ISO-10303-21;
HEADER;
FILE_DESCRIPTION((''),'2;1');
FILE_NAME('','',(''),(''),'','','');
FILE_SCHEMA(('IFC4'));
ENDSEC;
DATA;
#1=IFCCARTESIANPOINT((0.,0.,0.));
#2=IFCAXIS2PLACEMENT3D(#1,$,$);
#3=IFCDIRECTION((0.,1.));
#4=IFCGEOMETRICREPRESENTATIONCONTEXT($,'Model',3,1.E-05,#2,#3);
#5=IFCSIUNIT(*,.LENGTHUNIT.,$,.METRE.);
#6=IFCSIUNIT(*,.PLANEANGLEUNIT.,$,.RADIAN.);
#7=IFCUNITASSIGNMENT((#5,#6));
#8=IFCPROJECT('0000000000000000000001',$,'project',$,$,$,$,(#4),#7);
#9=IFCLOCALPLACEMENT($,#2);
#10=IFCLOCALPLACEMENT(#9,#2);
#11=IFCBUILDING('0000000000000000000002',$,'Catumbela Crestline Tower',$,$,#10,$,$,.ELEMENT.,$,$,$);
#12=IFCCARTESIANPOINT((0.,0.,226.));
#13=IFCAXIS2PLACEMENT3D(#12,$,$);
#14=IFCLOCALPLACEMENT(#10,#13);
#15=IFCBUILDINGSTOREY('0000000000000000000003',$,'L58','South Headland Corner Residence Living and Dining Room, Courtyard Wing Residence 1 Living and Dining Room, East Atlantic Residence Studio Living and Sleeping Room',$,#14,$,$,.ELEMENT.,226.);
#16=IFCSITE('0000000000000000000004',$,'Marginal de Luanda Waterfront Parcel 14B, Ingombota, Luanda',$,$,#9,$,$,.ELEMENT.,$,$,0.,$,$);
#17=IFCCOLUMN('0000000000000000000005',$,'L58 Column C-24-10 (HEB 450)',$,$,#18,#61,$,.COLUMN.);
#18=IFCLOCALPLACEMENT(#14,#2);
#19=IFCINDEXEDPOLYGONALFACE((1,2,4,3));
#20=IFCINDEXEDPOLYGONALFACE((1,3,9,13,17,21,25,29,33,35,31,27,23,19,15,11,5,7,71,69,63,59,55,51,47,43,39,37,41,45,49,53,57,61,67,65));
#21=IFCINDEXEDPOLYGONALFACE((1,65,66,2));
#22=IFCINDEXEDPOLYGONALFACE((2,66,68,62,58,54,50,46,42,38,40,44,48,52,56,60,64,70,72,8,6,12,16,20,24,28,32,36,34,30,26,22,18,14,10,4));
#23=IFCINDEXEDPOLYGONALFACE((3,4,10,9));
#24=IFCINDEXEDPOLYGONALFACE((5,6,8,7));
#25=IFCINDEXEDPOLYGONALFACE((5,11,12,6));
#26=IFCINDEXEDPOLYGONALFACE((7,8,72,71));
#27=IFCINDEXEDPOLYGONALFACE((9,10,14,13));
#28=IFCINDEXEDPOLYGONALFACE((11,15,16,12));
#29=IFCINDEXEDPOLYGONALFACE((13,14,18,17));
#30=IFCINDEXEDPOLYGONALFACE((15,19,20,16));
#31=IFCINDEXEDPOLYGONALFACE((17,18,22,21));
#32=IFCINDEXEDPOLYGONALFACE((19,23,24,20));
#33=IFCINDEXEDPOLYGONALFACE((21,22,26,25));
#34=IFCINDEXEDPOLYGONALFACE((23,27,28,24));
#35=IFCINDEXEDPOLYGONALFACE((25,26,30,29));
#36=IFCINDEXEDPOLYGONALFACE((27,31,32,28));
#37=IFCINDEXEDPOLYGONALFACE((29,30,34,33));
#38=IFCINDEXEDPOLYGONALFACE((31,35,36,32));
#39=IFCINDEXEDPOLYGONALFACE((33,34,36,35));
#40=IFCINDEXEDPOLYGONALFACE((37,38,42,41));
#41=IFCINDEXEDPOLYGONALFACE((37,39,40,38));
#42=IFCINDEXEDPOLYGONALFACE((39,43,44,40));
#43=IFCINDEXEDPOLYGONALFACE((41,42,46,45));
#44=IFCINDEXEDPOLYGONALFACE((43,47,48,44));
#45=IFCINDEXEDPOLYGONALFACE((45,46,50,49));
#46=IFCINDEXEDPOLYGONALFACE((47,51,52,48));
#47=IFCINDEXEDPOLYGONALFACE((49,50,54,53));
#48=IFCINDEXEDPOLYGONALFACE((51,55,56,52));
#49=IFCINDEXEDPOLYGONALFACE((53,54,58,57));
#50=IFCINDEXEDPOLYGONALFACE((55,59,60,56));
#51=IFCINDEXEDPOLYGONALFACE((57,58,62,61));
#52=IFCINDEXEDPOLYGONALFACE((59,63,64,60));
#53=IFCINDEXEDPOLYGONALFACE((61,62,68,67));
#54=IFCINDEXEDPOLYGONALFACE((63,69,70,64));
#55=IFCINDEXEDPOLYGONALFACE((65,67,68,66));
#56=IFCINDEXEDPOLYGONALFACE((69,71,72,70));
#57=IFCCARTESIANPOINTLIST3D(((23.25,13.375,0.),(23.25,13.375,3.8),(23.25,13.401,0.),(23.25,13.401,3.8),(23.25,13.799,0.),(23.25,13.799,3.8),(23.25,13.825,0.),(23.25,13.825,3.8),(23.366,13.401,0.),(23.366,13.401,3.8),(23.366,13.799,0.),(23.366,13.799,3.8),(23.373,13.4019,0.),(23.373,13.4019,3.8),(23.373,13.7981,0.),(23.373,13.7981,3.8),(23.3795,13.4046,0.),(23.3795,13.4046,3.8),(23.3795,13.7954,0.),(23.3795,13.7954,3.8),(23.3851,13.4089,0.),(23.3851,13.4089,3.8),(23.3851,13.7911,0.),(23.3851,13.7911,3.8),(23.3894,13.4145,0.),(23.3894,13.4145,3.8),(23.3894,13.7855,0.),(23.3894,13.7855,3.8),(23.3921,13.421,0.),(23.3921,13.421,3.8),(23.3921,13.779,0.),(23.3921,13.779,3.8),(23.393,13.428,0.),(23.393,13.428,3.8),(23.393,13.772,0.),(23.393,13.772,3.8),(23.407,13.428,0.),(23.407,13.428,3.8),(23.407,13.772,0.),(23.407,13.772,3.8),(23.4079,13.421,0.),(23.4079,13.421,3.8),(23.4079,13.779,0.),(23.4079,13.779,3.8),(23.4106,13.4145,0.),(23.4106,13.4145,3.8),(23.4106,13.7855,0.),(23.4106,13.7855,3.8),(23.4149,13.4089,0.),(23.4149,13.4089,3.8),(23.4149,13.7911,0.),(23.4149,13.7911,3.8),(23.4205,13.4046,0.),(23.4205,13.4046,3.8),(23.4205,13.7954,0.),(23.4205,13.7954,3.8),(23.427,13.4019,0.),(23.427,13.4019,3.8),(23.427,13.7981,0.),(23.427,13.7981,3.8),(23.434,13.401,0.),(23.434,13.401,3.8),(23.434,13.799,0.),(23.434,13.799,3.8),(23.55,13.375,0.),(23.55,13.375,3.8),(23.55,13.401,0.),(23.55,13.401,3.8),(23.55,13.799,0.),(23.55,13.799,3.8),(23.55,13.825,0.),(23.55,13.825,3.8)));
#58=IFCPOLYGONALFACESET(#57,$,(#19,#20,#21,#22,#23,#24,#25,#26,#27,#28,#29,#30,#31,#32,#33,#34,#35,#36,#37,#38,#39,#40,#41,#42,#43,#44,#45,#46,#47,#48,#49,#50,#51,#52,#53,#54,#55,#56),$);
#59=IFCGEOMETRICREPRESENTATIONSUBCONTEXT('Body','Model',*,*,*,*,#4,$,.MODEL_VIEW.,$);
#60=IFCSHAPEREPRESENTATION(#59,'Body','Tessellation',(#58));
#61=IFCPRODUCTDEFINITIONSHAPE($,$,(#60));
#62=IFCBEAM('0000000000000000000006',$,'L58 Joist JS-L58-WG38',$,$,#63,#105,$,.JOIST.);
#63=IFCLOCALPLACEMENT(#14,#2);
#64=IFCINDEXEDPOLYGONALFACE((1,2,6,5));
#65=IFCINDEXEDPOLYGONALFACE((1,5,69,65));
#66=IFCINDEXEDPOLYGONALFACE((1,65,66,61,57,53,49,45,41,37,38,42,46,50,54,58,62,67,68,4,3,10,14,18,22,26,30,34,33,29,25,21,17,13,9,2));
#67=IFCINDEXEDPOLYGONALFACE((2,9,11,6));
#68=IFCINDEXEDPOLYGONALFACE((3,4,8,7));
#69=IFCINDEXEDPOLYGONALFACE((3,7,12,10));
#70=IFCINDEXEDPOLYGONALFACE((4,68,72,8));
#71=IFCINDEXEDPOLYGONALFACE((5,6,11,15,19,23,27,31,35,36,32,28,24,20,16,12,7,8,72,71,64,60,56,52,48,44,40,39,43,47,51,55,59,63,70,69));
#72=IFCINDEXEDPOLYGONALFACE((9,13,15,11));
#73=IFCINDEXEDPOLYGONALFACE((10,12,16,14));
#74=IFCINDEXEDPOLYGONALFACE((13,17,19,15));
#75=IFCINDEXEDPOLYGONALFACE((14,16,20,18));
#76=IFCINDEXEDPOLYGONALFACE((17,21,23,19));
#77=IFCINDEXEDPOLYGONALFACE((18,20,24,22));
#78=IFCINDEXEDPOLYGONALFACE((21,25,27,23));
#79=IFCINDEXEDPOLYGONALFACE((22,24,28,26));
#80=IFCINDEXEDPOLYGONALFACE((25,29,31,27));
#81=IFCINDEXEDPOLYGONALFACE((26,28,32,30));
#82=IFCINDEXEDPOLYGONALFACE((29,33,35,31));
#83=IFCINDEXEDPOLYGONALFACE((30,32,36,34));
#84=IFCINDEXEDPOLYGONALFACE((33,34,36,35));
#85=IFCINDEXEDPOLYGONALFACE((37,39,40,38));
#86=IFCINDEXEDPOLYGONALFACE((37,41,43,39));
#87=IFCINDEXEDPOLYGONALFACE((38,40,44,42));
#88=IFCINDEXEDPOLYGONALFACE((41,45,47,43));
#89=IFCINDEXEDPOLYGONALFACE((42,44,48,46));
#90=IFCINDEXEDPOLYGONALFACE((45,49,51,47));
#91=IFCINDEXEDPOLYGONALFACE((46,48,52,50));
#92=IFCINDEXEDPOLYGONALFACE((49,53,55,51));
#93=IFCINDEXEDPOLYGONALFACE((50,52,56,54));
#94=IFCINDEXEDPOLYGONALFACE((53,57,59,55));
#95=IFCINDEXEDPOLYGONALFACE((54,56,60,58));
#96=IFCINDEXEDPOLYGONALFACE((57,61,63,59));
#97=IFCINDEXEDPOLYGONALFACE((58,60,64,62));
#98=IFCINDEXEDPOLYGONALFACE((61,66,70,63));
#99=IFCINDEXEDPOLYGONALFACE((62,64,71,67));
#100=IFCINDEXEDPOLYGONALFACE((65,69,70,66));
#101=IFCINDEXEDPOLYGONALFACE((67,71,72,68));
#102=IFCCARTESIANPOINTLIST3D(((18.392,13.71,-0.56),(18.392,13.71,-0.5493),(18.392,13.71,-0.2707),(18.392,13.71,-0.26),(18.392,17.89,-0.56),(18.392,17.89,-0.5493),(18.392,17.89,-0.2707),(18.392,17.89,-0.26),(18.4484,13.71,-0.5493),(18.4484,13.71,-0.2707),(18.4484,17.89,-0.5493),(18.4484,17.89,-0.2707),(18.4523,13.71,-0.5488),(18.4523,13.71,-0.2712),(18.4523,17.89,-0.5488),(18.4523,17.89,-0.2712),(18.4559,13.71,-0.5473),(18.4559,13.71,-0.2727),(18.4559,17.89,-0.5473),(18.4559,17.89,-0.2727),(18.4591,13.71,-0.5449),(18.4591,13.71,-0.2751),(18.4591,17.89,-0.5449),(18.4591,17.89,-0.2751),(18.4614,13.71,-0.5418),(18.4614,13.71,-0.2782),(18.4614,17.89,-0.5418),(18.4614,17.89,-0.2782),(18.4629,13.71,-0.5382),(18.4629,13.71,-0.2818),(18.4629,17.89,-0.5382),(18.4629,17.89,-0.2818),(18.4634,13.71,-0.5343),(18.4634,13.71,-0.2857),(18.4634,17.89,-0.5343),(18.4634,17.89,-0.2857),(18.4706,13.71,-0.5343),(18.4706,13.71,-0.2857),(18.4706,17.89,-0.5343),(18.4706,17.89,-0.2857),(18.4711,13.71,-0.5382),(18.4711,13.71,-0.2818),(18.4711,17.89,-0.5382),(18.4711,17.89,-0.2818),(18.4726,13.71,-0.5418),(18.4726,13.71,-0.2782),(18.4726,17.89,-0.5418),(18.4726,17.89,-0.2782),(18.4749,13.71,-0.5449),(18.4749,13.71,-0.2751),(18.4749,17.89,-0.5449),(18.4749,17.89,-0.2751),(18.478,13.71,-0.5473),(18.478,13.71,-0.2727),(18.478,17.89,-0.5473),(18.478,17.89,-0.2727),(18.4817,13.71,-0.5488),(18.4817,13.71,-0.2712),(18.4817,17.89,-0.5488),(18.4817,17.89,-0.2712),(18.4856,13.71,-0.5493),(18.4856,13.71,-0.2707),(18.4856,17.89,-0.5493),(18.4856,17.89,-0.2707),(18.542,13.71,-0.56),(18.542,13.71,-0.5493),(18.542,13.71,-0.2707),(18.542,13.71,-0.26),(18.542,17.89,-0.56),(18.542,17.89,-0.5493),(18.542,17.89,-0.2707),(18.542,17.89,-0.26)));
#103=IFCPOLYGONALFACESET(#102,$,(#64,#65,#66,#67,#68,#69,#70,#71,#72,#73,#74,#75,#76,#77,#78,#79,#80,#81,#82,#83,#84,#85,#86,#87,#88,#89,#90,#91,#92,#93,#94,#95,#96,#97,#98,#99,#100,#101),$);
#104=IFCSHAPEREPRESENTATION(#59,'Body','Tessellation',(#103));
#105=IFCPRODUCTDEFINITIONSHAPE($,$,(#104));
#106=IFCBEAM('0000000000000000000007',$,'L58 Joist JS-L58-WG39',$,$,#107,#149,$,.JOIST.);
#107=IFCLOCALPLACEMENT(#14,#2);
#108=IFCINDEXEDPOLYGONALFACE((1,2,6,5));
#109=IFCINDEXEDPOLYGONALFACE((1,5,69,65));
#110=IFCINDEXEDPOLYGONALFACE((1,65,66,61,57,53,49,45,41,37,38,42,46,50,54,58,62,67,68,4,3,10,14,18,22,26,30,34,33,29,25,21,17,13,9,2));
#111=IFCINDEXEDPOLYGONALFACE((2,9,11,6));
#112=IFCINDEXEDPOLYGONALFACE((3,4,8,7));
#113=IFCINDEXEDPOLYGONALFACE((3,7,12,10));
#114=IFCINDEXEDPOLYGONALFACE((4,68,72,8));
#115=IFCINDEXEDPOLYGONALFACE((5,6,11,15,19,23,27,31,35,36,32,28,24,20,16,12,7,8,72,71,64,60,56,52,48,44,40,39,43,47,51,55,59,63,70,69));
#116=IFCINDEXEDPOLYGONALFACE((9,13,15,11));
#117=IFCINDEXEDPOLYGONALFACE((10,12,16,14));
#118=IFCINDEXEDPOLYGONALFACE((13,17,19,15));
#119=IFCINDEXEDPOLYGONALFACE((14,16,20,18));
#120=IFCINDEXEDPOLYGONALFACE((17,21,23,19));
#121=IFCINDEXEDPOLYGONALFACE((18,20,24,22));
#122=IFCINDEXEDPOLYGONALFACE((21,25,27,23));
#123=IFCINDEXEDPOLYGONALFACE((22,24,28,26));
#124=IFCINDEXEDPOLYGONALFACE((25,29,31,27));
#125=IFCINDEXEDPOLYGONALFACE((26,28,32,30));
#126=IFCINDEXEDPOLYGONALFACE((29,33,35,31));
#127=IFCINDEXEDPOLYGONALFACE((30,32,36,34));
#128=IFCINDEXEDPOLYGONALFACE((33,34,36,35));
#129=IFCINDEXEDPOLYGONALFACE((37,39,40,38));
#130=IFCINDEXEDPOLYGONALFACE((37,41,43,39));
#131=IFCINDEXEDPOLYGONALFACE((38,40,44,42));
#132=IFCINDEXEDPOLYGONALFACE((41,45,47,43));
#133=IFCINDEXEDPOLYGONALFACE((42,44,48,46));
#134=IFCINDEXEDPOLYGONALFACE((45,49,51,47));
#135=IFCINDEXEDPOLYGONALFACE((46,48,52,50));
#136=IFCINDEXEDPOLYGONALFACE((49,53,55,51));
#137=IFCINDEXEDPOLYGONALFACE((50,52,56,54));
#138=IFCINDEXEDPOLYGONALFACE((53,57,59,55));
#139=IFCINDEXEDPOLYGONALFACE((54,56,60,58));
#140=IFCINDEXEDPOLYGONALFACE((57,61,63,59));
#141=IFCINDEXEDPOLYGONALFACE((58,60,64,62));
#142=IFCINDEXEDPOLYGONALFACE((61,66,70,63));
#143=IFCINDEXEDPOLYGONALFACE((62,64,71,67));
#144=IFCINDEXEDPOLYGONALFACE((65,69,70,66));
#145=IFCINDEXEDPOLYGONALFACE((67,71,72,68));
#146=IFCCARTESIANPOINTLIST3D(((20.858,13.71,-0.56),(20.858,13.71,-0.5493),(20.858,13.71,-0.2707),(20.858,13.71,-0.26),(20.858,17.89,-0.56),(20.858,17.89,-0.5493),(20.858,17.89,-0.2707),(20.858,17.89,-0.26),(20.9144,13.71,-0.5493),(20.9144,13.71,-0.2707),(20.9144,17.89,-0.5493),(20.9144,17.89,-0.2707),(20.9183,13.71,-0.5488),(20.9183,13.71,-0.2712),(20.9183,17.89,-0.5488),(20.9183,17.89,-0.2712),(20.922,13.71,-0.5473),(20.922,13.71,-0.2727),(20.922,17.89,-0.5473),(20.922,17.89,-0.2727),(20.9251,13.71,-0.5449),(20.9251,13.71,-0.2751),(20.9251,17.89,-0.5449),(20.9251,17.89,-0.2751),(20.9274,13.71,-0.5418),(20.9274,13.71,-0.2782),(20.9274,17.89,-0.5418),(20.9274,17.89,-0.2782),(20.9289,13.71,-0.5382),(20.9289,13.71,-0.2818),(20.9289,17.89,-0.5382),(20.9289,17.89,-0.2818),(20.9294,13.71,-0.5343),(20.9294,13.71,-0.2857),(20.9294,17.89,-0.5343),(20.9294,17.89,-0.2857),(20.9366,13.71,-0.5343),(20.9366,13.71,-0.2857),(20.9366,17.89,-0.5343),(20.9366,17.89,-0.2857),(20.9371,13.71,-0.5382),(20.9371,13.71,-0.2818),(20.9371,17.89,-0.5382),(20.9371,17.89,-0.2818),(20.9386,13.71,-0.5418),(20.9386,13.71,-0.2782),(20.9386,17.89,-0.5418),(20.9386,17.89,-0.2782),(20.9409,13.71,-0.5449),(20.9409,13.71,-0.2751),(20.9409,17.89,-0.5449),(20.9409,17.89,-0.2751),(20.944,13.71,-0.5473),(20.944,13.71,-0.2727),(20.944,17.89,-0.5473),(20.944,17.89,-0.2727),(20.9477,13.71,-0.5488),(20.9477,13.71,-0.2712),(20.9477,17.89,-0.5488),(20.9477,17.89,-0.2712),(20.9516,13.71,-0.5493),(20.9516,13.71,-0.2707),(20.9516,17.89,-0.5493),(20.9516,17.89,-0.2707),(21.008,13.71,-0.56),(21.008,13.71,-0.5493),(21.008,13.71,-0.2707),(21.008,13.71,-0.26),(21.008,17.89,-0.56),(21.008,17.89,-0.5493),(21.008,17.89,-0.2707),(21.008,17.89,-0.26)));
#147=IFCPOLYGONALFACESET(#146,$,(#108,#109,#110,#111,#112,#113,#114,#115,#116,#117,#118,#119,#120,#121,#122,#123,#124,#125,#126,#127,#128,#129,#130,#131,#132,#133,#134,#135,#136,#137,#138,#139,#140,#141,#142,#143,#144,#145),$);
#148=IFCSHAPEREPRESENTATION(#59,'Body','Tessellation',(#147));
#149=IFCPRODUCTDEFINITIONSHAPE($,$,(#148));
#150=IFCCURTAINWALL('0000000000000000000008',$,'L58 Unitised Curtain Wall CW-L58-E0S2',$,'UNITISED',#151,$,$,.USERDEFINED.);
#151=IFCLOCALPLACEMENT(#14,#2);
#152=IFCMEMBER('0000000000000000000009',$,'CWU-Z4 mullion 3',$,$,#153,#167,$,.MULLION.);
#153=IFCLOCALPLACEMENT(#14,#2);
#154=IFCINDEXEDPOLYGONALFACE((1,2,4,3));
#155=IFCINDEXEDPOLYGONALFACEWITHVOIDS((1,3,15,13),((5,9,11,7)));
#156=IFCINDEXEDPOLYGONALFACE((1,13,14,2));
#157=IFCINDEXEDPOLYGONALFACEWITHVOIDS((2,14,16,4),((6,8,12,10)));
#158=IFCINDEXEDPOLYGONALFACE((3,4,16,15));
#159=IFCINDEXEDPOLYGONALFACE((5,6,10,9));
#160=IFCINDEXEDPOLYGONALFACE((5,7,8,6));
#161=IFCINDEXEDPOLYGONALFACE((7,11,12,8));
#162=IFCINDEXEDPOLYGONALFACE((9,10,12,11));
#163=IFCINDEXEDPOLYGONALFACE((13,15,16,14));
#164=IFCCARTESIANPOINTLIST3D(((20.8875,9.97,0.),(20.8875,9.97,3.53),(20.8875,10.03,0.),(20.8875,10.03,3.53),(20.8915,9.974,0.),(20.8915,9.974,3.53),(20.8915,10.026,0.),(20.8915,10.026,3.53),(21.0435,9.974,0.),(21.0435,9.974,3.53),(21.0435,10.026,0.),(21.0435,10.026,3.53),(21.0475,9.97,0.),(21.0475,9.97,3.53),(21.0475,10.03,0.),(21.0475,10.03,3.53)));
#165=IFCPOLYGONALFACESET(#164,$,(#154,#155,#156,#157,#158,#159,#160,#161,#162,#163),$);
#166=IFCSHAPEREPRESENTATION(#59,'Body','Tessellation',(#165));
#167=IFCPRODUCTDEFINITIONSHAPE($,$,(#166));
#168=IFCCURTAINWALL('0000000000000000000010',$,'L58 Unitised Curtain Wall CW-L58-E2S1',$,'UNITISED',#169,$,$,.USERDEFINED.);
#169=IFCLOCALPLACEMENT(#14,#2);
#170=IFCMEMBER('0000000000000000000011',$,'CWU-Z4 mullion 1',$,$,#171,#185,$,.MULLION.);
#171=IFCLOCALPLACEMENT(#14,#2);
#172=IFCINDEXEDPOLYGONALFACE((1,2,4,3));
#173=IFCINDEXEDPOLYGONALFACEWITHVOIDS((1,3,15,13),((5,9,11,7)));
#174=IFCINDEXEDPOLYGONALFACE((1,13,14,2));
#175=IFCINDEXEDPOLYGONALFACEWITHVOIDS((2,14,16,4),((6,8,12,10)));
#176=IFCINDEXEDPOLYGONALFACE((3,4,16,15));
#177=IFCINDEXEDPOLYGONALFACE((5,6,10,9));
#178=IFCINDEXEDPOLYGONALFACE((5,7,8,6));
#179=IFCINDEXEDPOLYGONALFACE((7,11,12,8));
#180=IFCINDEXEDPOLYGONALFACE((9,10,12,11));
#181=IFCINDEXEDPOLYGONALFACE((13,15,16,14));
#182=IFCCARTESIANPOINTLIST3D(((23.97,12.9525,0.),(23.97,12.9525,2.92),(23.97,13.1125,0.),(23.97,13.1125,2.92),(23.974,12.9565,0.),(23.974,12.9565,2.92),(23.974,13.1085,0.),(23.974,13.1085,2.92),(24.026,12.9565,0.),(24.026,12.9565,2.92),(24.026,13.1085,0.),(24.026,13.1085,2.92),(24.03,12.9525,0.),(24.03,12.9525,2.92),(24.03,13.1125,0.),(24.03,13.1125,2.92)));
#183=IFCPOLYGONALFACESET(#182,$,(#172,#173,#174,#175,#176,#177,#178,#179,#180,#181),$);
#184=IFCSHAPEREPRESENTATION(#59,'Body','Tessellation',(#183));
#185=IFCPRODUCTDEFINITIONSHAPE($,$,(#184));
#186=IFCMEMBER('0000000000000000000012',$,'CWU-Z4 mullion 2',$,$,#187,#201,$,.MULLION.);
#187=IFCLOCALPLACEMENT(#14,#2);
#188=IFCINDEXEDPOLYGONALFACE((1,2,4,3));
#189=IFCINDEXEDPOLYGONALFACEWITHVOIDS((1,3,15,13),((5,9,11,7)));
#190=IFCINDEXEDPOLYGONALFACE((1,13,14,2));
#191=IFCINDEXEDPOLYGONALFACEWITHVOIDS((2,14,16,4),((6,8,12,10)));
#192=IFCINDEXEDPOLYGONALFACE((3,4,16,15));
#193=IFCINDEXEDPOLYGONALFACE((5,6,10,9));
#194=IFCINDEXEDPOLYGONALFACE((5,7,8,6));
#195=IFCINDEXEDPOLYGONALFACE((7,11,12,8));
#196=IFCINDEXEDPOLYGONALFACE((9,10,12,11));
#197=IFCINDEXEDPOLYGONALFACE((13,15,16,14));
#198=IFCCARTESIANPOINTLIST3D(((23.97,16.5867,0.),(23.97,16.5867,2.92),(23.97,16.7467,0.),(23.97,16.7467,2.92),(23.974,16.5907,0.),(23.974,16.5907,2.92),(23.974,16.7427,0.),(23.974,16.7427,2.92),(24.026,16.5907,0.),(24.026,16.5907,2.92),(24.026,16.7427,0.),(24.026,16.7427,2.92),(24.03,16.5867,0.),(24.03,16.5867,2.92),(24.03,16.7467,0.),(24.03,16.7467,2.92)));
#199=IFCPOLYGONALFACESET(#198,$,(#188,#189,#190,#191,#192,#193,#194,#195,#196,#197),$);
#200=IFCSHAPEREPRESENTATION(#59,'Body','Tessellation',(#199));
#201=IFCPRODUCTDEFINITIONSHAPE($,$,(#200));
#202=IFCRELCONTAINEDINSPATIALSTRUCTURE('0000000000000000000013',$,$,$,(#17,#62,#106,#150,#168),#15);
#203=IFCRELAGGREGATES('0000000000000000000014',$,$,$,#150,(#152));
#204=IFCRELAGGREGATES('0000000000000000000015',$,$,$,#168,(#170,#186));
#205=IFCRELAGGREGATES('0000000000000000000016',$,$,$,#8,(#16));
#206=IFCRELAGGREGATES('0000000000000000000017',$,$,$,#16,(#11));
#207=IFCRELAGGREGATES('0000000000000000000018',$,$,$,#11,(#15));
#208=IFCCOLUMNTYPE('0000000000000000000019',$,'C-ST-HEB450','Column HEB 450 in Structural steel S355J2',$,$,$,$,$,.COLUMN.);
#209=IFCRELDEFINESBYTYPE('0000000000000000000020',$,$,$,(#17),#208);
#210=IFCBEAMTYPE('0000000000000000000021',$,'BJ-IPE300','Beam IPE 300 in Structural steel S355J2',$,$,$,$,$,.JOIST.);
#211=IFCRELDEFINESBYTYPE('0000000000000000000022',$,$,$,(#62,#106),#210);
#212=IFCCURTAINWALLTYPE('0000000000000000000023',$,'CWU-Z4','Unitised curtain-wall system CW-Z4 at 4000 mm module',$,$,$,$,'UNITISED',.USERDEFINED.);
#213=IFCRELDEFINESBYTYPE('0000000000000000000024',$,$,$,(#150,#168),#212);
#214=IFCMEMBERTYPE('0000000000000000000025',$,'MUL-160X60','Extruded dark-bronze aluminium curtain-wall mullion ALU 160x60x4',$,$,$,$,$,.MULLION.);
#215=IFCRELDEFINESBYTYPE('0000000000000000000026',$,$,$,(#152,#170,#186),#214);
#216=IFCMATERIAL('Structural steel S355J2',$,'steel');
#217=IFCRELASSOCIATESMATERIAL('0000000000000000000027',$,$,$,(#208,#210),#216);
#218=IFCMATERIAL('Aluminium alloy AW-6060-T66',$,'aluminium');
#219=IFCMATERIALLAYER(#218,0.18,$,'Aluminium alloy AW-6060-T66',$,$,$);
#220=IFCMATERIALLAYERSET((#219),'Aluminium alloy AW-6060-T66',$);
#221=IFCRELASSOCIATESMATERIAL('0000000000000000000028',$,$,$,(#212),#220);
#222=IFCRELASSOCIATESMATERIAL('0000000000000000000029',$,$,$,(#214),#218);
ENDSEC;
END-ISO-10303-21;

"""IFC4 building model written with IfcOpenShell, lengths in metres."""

from ifc_helpers import new_model, si_unit, direction, frame, origin, origin_2d, place, context, subcontext, project, spatial, hollow_rectangle, i_section, extrude, material, layer, layer_set, material_profile, profile_set, type_object, element, aggregate, save


model = new_model("IFC4")

# Units and contexts
model_context = context("Model", 3, precision=1e-05, world=origin(), true_north=direction((0.0, 1.0)))
body_context = subcontext(model_context, "Body", "Model", "MODEL_VIEW")
ifc_project = project(units=[si_unit("LENGTHUNIT", "METRE"), si_unit("PLANEANGLEUNIT", "RADIAN")], contexts=[model_context])

# Site, building, storey
site_placement = place(None, origin())
site = spatial("IfcSite", under=ifc_project, at=site_placement, Name="Marginal de Luanda Waterfront Parcel 14B, Ingombota, Luanda", CompositionType="ELEMENT", RefElevation=0.0)
building_placement = place(site_placement, origin())
building = spatial("IfcBuilding", under=site, at=building_placement, Name="Catumbela Crestline Tower", CompositionType="ELEMENT")
storey_placement = place(building_placement, frame((0.0, 0.0, 226.0)))
storey = spatial("IfcBuildingStorey", under=building, at=storey_placement, Name="L58", Description="South Headland Corner Residence Living and Dining Room, Courtyard Wing Residence 1 Living and Dining Room, East Atlantic Residence Studio Living and Sleeping Room", CompositionType="ELEMENT", Elevation=226.0)

# Column
ifc_material_1 = material(Name="Structural steel S355J2", Category="steel")
ifc_material_profile_1 = material_profile(ifc_material_1, i_section(OverallWidth=0.3, OverallDepth=0.45, WebThickness=0.014, FlangeThickness=0.026, FilletRadius=0.027, at=origin_2d()), Name="HEB 450")
ifc_profile_set_1 = profile_set([ifc_material_profile_1], Name="Structural steel S355J2")
column_type = type_object("IfcColumnType", Name="C-ST-HEB450", Description="Column HEB 450 in Structural steel S355J2", PredefinedType="COLUMN", material=ifc_profile_set_1)
column_placement = place(storey_placement, frame((23.4, 13.6, 0.0), z_axis=(0.0, 0.0, 1.0), x_axis=(1.0, 0.0, 0.0)))
element("IfcColumn", 1, at=column_placement, inside=storey, type_object=column_type, Name="L58 Column C-24-10 (HEB 450)", PredefinedType="COLUMN", context=body_context, shape_type="SweptSolid", body=[
    extrude(i_section(OverallWidth=0.3, OverallDepth=0.45, WebThickness=0.014, FlangeThickness=0.026, FilletRadius=0.027, at=origin_2d()), origin(), (0.0, 0.0, 1.0), 3.8),
])

# Beams
ifc_material_profile_2 = material_profile(ifc_material_1, i_section(OverallWidth=0.15, OverallDepth=0.3, WebThickness=0.0071, FlangeThickness=0.0107, FilletRadius=0.015, at=origin_2d()), Name="IPE 300")
ifc_profile_set_2 = profile_set([ifc_material_profile_2], Name="Structural steel S355J2")
beam_type_1 = type_object("IfcBeamType", Name="BJ-IPE300", Description="Beam IPE 300 in Structural steel S355J2", PredefinedType="JOIST", material=ifc_profile_set_2)
for number, where, z_axis, x_axis, name in (
    (2, (18.467, 13.71, -0.41), (0.0, 1.0, 0.0), (-1.0, 0.0, 0.0), "L58 Joist JS-L58-WG38"),
    (3, (20.933, 13.71, -0.41), (0.0, 1.0, 0.0), (-1.0, 0.0, 0.0), "L58 Joist JS-L58-WG39"),
):
    element("IfcBeam", number, at=place(storey_placement, frame(where, z_axis=z_axis, x_axis=x_axis)), inside=storey, type_object=beam_type_1, Name=name, PredefinedType="JOIST", context=body_context, shape_type="SweptSolid", body=[
        extrude(i_section(OverallWidth=0.15, OverallDepth=0.3, WebThickness=0.0071, FlangeThickness=0.0107, FilletRadius=0.015, at=origin_2d()), origin(), (0.0, 0.0, 1.0), 4.18),
    ])

# Curtain wall, member
ifc_material_2 = material(Name="Aluminium alloy AW-6060-T66", Category="aluminium")
ifc_layer_1 = layer(ifc_material_2, 0.18, Name="Aluminium alloy AW-6060-T66")
ifc_layer_set_1 = layer_set([ifc_layer_1], Name="Aluminium alloy AW-6060-T66")
curtain_wall_type = type_object("IfcCurtainWallType", Name="CWU-Z4", Description="Unitised curtain-wall system CW-Z4 at 4000 mm module", ElementType="UNITISED", PredefinedType="USERDEFINED", material=ifc_layer_set_1)
curtain_wall_1_placement = place(storey_placement, origin())
curtain_wall_1 = element("IfcCurtainWall", 4, at=curtain_wall_1_placement, inside=storey, type_object=curtain_wall_type, Name="L58 Unitised Curtain Wall CW-L58-E0S2", ObjectType="UNITISED", PredefinedType="USERDEFINED")
ifc_material_profile_3 = material_profile(ifc_material_2, hollow_rectangle(XDim=0.06, YDim=0.16, WallThickness=0.004, at=origin_2d()), Name="ALU 160x60x4")
ifc_profile_set_3 = profile_set([ifc_material_profile_3], Name="Aluminium alloy AW-6060-T66")
member_type_1 = type_object("IfcMemberType", Name="MUL-160X60", Description="Extruded dark-bronze aluminium curtain-wall mullion ALU 160x60x4", PredefinedType="MULLION", material=ifc_profile_set_3)
member_1_placement = place(storey_placement, frame((20.9675, 10.0, 0.0), z_axis=(0.0, 0.0, 1.0), x_axis=(0.0, 1.0, 0.0)))
member_1 = element("IfcMember", 5, at=member_1_placement, type_object=member_type_1, Name="CWU-Z4 mullion 3", PredefinedType="MULLION", context=body_context, shape_type="SweptSolid", body=[
    extrude(hollow_rectangle(XDim=0.06, YDim=0.16, WallThickness=0.004, at=origin_2d()), origin(), (0.0, 0.0, 1.0), 3.53),
])

# Curtain wall, members
curtain_wall_2_placement = place(storey_placement, origin())
curtain_wall_2 = element("IfcCurtainWall", 6, at=curtain_wall_2_placement, inside=storey, type_object=curtain_wall_type, Name="L58 Unitised Curtain Wall CW-L58-E2S1", ObjectType="UNITISED", PredefinedType="USERDEFINED")
member_2_placement = place(storey_placement, frame((24.0, 13.0325, 0.0), z_axis=(0.0, 0.0, 1.0), x_axis=(-1.0, 0.0, 0.0)))
member_2 = element("IfcMember", 7, at=member_2_placement, type_object=member_type_1, Name="CWU-Z4 mullion 1", PredefinedType="MULLION", context=body_context, shape_type="SweptSolid", body=[
    extrude(hollow_rectangle(XDim=0.06, YDim=0.16, WallThickness=0.004, at=origin_2d()), origin(), (0.0, 0.0, 1.0), 2.92),
])
member_3_placement = place(storey_placement, frame((24.0, 16.6667, 0.0), z_axis=(0.0, 0.0, 1.0), x_axis=(-1.0, 0.0, 0.0)))
member_3 = element("IfcMember", 8, at=member_3_placement, type_object=member_type_1, Name="CWU-Z4 mullion 2", PredefinedType="MULLION", context=body_context, shape_type="SweptSolid", body=[
    extrude(hollow_rectangle(XDim=0.06, YDim=0.16, WallThickness=0.004, at=origin_2d()), origin(), (0.0, 0.0, 1.0), 2.92),
])

aggregate(curtain_wall_1, [member_1])
aggregate(curtain_wall_2, [member_2, member_3])

save(model, "model.ifc")
